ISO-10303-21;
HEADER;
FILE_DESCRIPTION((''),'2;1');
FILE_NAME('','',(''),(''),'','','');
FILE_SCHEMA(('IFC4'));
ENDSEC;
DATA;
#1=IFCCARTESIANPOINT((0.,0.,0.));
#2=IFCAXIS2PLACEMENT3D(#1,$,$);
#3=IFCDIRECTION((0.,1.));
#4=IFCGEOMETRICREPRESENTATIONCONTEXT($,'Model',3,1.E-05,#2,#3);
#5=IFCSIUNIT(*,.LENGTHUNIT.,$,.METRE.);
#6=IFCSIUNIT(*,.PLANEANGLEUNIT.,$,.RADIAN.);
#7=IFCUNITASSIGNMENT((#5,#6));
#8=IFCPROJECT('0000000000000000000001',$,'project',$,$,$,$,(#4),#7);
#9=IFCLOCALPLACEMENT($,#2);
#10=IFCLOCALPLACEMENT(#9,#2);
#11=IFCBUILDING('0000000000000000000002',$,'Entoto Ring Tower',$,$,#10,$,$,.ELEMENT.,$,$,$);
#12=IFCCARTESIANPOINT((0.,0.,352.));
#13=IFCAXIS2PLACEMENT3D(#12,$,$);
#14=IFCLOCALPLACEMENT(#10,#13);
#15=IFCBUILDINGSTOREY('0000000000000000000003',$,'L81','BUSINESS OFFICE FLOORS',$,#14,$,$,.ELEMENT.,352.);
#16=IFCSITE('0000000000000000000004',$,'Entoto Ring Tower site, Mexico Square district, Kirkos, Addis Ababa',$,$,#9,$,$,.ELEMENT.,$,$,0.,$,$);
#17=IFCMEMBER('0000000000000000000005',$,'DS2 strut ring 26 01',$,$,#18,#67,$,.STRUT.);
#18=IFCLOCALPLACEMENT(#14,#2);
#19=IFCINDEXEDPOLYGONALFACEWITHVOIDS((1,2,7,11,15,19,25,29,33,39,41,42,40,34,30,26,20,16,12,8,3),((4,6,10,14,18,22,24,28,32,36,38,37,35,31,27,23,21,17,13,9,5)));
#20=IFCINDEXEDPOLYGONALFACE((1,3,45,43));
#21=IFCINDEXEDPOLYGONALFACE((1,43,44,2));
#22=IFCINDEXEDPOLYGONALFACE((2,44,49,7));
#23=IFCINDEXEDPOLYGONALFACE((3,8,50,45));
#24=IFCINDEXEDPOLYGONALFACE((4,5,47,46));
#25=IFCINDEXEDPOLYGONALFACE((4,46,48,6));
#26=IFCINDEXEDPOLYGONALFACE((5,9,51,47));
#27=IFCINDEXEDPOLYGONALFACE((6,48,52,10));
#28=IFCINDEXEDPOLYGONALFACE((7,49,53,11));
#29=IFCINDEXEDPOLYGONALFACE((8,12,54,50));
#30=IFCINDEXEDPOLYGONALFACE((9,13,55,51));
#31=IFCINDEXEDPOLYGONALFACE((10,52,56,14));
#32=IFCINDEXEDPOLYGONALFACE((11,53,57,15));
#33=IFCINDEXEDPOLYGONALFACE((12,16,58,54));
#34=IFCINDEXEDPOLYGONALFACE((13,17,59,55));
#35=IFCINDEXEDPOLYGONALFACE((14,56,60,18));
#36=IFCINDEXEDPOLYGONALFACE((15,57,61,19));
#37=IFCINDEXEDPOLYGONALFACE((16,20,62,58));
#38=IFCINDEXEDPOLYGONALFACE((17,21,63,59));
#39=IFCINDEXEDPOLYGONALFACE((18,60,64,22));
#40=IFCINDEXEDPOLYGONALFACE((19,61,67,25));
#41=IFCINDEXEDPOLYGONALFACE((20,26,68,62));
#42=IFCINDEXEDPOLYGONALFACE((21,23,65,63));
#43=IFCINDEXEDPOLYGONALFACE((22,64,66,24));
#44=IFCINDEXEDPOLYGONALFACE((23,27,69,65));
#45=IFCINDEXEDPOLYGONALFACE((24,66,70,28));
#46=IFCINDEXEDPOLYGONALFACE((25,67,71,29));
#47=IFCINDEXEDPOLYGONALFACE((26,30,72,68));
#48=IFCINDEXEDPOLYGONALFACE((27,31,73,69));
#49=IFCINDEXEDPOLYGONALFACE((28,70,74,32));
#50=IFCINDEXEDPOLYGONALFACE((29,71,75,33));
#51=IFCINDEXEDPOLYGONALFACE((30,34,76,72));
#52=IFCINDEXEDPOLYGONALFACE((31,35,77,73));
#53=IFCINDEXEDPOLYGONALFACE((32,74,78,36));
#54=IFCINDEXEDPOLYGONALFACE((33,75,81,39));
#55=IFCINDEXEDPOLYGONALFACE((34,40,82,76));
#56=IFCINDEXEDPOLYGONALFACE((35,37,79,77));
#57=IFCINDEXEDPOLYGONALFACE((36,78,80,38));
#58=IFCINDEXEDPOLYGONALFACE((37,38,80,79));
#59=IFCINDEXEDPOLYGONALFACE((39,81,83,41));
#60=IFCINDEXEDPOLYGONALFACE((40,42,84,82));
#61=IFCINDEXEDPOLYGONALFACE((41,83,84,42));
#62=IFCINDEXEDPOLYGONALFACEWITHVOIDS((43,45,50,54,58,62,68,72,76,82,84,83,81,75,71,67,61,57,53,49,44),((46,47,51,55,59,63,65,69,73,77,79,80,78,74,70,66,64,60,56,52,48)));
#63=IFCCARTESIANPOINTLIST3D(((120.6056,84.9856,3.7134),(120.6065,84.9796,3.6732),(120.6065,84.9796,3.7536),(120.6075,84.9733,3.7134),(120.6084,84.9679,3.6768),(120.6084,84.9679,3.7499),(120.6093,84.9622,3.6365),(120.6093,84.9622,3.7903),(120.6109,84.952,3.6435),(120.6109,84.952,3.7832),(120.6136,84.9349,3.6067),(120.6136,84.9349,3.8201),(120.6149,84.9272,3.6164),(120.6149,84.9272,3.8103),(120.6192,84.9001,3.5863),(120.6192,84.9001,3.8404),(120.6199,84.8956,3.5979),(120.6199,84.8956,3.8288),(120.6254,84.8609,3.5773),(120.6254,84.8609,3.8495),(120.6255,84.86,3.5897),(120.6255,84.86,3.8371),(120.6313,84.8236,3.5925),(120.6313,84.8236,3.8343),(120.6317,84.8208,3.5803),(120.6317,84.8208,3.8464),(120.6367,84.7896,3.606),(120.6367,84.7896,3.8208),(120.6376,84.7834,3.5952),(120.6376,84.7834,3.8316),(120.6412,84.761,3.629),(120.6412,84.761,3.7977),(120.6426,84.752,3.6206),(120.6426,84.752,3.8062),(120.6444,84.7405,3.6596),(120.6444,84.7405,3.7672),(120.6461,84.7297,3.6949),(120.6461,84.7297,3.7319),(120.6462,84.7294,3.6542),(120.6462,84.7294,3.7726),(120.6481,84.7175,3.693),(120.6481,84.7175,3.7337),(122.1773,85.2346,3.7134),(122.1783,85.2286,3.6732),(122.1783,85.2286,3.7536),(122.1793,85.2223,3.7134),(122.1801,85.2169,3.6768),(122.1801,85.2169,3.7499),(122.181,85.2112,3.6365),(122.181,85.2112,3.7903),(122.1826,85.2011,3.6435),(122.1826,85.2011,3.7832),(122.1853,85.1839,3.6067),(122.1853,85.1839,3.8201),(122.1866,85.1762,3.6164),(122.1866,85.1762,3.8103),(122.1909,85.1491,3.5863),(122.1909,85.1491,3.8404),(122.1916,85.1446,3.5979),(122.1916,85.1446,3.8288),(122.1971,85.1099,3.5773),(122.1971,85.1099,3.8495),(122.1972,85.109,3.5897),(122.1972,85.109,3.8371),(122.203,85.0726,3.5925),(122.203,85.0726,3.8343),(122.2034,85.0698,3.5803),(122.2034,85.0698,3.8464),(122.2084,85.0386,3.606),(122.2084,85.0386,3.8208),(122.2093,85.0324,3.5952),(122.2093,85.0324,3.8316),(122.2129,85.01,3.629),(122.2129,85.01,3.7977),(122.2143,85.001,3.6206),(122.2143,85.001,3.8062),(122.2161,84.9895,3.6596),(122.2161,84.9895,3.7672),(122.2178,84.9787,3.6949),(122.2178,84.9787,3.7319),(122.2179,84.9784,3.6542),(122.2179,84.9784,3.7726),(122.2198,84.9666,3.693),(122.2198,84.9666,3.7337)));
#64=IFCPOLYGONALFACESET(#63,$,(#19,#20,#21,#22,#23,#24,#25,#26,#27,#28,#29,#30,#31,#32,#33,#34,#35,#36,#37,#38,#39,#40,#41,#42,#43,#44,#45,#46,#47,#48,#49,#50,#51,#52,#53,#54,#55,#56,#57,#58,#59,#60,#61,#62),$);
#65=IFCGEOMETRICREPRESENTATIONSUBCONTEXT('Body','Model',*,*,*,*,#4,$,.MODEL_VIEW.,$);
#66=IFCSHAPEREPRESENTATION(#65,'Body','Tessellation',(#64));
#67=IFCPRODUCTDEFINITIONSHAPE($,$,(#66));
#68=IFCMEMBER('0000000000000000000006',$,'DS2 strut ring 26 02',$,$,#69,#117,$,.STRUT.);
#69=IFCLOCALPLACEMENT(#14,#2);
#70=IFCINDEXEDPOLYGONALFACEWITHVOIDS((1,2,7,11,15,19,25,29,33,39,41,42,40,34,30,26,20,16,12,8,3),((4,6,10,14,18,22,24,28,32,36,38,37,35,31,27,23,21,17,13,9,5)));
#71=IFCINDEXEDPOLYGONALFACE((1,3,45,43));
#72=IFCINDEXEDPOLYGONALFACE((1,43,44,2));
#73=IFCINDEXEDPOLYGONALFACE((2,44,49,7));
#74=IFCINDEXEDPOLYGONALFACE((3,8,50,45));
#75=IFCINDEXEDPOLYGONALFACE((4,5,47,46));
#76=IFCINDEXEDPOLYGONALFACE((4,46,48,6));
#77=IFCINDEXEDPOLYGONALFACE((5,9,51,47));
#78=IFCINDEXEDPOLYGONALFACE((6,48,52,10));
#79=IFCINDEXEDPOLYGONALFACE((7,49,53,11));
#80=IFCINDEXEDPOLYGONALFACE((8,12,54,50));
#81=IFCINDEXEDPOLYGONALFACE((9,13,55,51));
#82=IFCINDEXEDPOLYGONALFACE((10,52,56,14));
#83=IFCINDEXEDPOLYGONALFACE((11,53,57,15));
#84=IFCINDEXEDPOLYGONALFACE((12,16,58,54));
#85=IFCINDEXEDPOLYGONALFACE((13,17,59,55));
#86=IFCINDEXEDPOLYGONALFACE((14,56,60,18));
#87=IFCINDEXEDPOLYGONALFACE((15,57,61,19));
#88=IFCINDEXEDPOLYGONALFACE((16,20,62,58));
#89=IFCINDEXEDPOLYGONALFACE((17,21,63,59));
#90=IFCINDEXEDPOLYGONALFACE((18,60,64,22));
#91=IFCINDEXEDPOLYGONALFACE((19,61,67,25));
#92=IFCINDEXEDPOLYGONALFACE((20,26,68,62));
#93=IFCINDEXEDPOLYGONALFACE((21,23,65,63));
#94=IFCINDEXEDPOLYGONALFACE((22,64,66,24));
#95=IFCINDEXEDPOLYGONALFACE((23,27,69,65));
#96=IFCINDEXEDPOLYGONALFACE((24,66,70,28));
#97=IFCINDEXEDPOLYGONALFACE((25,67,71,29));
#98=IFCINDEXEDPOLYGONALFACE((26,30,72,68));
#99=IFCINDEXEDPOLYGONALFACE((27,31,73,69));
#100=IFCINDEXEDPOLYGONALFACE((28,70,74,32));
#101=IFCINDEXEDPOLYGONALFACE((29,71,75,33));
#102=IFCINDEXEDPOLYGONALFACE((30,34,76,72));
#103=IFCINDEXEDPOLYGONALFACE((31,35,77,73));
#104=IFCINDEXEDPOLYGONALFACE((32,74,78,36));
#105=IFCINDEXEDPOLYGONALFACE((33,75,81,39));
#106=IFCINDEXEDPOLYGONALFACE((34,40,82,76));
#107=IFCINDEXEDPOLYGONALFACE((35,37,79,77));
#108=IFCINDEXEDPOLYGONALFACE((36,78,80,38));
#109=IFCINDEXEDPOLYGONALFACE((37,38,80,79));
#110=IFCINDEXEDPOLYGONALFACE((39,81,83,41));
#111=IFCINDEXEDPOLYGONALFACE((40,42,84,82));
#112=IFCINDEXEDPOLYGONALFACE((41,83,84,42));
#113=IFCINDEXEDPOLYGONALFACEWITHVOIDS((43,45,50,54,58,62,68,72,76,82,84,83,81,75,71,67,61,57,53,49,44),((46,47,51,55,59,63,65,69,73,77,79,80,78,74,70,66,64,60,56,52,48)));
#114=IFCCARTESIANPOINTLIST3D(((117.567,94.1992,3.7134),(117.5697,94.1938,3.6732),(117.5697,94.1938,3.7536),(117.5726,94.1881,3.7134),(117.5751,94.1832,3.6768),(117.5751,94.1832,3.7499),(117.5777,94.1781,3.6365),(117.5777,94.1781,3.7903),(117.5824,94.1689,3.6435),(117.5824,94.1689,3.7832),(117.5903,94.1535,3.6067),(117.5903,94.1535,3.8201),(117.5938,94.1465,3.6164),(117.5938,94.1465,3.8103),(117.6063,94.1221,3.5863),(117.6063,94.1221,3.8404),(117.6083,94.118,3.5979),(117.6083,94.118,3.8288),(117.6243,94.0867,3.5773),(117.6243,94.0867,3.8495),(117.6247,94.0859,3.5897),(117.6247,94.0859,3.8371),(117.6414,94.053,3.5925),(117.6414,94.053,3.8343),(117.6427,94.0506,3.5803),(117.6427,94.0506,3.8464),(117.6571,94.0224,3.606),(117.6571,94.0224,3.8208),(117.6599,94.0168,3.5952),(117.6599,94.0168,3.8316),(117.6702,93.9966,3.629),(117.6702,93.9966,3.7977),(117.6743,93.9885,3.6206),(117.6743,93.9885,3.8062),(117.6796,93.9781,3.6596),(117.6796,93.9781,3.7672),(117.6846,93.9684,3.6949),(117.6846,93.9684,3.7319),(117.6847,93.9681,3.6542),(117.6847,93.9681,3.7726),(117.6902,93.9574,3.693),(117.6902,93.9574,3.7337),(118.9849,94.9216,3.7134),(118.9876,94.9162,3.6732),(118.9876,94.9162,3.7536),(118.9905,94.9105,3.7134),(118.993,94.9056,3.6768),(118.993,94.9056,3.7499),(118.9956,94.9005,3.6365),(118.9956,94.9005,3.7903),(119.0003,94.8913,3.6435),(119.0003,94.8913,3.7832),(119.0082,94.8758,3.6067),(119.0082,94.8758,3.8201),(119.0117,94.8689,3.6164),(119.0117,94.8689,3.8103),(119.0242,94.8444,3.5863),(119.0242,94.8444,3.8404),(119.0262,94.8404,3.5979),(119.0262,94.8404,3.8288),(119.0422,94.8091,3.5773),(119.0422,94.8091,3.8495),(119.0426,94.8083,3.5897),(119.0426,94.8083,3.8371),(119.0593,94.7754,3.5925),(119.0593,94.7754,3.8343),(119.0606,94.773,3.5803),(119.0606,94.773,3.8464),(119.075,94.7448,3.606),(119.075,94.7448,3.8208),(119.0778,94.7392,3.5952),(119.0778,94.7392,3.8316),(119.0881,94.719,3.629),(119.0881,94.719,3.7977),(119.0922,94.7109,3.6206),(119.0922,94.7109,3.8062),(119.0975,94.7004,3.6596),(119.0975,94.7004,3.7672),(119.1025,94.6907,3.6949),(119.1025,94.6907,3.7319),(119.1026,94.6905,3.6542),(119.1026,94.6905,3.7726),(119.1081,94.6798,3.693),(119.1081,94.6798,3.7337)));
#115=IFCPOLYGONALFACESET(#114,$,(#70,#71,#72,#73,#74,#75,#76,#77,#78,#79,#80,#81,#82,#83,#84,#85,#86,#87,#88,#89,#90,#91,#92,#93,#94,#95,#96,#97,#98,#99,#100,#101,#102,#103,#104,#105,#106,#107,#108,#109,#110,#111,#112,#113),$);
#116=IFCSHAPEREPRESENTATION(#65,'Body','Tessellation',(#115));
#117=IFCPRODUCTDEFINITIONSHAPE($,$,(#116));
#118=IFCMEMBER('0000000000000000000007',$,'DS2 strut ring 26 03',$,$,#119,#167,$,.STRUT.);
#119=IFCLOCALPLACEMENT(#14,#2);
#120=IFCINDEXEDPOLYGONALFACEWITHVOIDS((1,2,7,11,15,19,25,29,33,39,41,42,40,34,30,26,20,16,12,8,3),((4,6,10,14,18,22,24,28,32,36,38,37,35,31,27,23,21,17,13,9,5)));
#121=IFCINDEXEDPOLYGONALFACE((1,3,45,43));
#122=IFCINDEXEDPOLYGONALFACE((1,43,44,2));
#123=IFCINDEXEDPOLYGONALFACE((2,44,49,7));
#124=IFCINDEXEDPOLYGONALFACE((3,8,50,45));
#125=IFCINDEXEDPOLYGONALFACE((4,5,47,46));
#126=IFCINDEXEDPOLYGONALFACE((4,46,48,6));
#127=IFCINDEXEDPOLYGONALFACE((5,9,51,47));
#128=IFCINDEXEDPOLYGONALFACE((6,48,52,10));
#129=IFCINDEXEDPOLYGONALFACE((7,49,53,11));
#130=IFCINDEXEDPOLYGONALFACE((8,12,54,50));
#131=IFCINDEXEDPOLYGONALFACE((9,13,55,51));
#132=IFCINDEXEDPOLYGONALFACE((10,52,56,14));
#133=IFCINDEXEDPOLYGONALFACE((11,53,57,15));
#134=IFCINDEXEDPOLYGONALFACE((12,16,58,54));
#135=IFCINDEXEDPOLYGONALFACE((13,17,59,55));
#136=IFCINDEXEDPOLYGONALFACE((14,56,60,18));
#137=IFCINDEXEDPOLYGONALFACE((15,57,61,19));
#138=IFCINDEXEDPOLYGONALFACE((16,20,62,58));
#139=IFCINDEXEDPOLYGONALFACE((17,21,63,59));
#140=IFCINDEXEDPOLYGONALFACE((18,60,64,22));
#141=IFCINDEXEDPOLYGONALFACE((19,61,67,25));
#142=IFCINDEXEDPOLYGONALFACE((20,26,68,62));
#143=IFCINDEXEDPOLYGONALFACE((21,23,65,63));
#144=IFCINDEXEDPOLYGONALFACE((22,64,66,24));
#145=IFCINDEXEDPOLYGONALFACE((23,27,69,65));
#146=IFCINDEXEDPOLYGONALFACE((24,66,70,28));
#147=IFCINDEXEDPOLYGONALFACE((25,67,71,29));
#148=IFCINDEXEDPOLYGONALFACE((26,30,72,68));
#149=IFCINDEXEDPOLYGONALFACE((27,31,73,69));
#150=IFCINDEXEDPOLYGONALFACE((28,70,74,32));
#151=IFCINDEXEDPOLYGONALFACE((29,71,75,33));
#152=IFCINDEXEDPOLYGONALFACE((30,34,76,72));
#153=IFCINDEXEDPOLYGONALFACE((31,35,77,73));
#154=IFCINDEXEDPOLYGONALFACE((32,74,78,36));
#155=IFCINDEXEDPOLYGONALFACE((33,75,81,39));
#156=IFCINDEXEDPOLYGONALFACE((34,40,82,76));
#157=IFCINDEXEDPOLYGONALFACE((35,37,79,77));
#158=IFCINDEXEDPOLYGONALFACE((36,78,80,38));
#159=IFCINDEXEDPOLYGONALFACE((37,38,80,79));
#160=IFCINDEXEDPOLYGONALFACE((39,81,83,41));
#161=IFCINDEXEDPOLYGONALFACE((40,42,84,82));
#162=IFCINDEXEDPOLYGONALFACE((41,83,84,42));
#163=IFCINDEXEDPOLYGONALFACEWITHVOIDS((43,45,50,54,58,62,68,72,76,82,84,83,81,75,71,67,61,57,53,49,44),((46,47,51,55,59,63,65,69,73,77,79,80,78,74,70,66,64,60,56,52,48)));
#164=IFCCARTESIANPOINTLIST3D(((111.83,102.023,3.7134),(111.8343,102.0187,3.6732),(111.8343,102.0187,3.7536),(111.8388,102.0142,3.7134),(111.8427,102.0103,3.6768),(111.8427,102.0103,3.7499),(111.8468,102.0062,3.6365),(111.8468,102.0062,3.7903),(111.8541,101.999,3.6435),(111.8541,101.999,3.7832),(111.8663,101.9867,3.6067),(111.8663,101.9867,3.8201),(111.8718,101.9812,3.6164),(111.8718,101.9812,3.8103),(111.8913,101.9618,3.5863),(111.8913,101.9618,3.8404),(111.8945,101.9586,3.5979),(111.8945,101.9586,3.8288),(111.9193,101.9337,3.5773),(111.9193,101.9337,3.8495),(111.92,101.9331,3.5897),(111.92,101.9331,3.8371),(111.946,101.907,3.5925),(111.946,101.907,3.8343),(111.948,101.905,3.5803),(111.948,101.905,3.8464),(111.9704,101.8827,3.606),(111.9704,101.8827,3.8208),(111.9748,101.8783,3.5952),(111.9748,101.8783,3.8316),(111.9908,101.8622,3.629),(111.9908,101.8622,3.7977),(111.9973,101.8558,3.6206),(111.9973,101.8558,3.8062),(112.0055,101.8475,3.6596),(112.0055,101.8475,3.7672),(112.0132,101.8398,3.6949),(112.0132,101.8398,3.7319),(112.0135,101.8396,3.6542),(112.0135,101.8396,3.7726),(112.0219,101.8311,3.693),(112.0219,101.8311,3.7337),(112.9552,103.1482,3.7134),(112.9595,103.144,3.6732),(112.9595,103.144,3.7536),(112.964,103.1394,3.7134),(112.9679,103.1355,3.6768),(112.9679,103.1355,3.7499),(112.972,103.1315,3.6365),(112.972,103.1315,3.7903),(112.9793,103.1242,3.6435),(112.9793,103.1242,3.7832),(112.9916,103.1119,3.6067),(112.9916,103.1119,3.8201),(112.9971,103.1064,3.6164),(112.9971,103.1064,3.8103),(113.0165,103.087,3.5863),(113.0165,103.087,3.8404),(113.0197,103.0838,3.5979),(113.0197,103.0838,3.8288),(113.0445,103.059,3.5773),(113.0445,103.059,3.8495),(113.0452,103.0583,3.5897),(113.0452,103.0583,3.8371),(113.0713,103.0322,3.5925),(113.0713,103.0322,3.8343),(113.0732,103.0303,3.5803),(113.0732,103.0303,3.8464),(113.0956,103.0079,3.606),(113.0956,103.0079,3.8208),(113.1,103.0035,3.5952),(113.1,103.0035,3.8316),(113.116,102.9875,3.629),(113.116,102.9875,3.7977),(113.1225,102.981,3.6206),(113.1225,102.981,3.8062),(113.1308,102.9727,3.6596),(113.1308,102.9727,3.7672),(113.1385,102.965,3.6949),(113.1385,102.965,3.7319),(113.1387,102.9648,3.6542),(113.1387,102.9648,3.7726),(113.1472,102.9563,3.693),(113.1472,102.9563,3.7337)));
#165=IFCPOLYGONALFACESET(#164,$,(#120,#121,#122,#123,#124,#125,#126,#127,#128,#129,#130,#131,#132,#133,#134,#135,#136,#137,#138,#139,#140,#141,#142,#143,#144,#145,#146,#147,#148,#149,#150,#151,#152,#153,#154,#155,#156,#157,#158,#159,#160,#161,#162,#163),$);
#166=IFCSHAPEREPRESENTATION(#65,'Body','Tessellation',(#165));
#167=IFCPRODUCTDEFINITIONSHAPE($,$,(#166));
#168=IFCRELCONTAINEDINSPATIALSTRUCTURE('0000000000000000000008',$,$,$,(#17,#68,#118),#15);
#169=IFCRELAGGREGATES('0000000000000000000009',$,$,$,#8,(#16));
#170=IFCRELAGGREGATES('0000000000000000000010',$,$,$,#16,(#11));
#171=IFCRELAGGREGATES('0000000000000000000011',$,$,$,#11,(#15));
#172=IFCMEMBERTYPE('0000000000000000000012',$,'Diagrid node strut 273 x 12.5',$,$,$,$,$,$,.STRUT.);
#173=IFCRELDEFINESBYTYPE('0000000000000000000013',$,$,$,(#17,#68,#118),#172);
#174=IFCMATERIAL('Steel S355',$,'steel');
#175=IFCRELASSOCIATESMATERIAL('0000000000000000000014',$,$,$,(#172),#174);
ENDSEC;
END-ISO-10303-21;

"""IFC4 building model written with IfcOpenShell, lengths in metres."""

from ifc_helpers import new_model, si_unit, direction, frame, origin, origin_2d, place, context, subcontext, project, spatial, circle, hollow_circle, extrude, material, material_profile, profile_set, type_object, element, save


model = new_model("IFC4")

# Units and contexts
model_context = context("Model", 3, precision=1e-05, world=origin(), true_north=direction((0.0, 1.0)))
body_context = subcontext(model_context, "Body", "Model", "MODEL_VIEW")
ifc_project = project(units=[si_unit("LENGTHUNIT", "METRE"), si_unit("PLANEANGLEUNIT", "RADIAN")], contexts=[model_context])

# Site, building, storey
site_placement = place(None, origin())
site = spatial("IfcSite", under=ifc_project, at=site_placement, Name="Entoto Ring Tower site, Mexico Square district, Kirkos, Addis Ababa", CompositionType="ELEMENT", RefElevation=0.0)
building_placement = place(site_placement, origin())
building = spatial("IfcBuilding", under=site, at=building_placement, Name="Entoto Ring Tower", CompositionType="ELEMENT")
storey_placement = place(building_placement, frame((0.0, 0.0, 352.0)))
storey = spatial("IfcBuildingStorey", under=building, at=storey_placement, Name="L81", Description="BUSINESS OFFICE FLOORS", CompositionType="ELEMENT", Elevation=352.0)

# Members
ifc_material_1 = material(Name="Steel S355", Category="steel")
ifc_material_profile_1 = material_profile(ifc_material_1, hollow_circle(Radius=0.1365, WallThickness=0.0125, at=origin_2d()), Name="CHS 273 x 12.5")
ifc_material_2 = material(Name="Concrete C60/75", Category="concrete")
ifc_material_profile_2 = material_profile(ifc_material_2, circle(Radius=0.124, at=origin_2d()), Name="Concrete C60/75 infill")
ifc_profile_set_1 = profile_set([ifc_material_profile_1, ifc_material_profile_2], Name="Steel S355")
member_type = type_object("IfcMemberType", Name="Diagrid node strut 273 x 12.5", PredefinedType="STRUT", material=ifc_profile_set_1)
for number, where, z_axis, x_axis, name in (
    (1, (120.627, 84.8508, 3.7134), (0.987681, 0.156483, 0.0), (-0.156483, 0.987681, 0.0), "DS2 strut ring 26 01"),
    (2, (117.6289, 94.0776, 3.7134), (0.891027, 0.453951, 0.0), (-0.453951, 0.891027, 0.0), "DS2 strut ring 26 02"),
    (3, (111.9265, 101.9265, 3.7134), (0.707107, 0.707107, 0.0), (-0.707107, 0.707107, 0.0), "DS2 strut ring 26 03"),
):
    element("IfcMember", number, at=place(storey_placement, frame(where, z_axis=z_axis, x_axis=x_axis)), inside=storey, type_object=member_type, Name=name, PredefinedType="STRUT", context=body_context, shape_type="SweptSolid", body=[
        extrude(hollow_circle(Radius=0.1365, WallThickness=0.0125, at=origin_2d()), origin(), (0.0, 0.0, 1.0), 1.5913),
    ])

save(model, "model.ifc")
